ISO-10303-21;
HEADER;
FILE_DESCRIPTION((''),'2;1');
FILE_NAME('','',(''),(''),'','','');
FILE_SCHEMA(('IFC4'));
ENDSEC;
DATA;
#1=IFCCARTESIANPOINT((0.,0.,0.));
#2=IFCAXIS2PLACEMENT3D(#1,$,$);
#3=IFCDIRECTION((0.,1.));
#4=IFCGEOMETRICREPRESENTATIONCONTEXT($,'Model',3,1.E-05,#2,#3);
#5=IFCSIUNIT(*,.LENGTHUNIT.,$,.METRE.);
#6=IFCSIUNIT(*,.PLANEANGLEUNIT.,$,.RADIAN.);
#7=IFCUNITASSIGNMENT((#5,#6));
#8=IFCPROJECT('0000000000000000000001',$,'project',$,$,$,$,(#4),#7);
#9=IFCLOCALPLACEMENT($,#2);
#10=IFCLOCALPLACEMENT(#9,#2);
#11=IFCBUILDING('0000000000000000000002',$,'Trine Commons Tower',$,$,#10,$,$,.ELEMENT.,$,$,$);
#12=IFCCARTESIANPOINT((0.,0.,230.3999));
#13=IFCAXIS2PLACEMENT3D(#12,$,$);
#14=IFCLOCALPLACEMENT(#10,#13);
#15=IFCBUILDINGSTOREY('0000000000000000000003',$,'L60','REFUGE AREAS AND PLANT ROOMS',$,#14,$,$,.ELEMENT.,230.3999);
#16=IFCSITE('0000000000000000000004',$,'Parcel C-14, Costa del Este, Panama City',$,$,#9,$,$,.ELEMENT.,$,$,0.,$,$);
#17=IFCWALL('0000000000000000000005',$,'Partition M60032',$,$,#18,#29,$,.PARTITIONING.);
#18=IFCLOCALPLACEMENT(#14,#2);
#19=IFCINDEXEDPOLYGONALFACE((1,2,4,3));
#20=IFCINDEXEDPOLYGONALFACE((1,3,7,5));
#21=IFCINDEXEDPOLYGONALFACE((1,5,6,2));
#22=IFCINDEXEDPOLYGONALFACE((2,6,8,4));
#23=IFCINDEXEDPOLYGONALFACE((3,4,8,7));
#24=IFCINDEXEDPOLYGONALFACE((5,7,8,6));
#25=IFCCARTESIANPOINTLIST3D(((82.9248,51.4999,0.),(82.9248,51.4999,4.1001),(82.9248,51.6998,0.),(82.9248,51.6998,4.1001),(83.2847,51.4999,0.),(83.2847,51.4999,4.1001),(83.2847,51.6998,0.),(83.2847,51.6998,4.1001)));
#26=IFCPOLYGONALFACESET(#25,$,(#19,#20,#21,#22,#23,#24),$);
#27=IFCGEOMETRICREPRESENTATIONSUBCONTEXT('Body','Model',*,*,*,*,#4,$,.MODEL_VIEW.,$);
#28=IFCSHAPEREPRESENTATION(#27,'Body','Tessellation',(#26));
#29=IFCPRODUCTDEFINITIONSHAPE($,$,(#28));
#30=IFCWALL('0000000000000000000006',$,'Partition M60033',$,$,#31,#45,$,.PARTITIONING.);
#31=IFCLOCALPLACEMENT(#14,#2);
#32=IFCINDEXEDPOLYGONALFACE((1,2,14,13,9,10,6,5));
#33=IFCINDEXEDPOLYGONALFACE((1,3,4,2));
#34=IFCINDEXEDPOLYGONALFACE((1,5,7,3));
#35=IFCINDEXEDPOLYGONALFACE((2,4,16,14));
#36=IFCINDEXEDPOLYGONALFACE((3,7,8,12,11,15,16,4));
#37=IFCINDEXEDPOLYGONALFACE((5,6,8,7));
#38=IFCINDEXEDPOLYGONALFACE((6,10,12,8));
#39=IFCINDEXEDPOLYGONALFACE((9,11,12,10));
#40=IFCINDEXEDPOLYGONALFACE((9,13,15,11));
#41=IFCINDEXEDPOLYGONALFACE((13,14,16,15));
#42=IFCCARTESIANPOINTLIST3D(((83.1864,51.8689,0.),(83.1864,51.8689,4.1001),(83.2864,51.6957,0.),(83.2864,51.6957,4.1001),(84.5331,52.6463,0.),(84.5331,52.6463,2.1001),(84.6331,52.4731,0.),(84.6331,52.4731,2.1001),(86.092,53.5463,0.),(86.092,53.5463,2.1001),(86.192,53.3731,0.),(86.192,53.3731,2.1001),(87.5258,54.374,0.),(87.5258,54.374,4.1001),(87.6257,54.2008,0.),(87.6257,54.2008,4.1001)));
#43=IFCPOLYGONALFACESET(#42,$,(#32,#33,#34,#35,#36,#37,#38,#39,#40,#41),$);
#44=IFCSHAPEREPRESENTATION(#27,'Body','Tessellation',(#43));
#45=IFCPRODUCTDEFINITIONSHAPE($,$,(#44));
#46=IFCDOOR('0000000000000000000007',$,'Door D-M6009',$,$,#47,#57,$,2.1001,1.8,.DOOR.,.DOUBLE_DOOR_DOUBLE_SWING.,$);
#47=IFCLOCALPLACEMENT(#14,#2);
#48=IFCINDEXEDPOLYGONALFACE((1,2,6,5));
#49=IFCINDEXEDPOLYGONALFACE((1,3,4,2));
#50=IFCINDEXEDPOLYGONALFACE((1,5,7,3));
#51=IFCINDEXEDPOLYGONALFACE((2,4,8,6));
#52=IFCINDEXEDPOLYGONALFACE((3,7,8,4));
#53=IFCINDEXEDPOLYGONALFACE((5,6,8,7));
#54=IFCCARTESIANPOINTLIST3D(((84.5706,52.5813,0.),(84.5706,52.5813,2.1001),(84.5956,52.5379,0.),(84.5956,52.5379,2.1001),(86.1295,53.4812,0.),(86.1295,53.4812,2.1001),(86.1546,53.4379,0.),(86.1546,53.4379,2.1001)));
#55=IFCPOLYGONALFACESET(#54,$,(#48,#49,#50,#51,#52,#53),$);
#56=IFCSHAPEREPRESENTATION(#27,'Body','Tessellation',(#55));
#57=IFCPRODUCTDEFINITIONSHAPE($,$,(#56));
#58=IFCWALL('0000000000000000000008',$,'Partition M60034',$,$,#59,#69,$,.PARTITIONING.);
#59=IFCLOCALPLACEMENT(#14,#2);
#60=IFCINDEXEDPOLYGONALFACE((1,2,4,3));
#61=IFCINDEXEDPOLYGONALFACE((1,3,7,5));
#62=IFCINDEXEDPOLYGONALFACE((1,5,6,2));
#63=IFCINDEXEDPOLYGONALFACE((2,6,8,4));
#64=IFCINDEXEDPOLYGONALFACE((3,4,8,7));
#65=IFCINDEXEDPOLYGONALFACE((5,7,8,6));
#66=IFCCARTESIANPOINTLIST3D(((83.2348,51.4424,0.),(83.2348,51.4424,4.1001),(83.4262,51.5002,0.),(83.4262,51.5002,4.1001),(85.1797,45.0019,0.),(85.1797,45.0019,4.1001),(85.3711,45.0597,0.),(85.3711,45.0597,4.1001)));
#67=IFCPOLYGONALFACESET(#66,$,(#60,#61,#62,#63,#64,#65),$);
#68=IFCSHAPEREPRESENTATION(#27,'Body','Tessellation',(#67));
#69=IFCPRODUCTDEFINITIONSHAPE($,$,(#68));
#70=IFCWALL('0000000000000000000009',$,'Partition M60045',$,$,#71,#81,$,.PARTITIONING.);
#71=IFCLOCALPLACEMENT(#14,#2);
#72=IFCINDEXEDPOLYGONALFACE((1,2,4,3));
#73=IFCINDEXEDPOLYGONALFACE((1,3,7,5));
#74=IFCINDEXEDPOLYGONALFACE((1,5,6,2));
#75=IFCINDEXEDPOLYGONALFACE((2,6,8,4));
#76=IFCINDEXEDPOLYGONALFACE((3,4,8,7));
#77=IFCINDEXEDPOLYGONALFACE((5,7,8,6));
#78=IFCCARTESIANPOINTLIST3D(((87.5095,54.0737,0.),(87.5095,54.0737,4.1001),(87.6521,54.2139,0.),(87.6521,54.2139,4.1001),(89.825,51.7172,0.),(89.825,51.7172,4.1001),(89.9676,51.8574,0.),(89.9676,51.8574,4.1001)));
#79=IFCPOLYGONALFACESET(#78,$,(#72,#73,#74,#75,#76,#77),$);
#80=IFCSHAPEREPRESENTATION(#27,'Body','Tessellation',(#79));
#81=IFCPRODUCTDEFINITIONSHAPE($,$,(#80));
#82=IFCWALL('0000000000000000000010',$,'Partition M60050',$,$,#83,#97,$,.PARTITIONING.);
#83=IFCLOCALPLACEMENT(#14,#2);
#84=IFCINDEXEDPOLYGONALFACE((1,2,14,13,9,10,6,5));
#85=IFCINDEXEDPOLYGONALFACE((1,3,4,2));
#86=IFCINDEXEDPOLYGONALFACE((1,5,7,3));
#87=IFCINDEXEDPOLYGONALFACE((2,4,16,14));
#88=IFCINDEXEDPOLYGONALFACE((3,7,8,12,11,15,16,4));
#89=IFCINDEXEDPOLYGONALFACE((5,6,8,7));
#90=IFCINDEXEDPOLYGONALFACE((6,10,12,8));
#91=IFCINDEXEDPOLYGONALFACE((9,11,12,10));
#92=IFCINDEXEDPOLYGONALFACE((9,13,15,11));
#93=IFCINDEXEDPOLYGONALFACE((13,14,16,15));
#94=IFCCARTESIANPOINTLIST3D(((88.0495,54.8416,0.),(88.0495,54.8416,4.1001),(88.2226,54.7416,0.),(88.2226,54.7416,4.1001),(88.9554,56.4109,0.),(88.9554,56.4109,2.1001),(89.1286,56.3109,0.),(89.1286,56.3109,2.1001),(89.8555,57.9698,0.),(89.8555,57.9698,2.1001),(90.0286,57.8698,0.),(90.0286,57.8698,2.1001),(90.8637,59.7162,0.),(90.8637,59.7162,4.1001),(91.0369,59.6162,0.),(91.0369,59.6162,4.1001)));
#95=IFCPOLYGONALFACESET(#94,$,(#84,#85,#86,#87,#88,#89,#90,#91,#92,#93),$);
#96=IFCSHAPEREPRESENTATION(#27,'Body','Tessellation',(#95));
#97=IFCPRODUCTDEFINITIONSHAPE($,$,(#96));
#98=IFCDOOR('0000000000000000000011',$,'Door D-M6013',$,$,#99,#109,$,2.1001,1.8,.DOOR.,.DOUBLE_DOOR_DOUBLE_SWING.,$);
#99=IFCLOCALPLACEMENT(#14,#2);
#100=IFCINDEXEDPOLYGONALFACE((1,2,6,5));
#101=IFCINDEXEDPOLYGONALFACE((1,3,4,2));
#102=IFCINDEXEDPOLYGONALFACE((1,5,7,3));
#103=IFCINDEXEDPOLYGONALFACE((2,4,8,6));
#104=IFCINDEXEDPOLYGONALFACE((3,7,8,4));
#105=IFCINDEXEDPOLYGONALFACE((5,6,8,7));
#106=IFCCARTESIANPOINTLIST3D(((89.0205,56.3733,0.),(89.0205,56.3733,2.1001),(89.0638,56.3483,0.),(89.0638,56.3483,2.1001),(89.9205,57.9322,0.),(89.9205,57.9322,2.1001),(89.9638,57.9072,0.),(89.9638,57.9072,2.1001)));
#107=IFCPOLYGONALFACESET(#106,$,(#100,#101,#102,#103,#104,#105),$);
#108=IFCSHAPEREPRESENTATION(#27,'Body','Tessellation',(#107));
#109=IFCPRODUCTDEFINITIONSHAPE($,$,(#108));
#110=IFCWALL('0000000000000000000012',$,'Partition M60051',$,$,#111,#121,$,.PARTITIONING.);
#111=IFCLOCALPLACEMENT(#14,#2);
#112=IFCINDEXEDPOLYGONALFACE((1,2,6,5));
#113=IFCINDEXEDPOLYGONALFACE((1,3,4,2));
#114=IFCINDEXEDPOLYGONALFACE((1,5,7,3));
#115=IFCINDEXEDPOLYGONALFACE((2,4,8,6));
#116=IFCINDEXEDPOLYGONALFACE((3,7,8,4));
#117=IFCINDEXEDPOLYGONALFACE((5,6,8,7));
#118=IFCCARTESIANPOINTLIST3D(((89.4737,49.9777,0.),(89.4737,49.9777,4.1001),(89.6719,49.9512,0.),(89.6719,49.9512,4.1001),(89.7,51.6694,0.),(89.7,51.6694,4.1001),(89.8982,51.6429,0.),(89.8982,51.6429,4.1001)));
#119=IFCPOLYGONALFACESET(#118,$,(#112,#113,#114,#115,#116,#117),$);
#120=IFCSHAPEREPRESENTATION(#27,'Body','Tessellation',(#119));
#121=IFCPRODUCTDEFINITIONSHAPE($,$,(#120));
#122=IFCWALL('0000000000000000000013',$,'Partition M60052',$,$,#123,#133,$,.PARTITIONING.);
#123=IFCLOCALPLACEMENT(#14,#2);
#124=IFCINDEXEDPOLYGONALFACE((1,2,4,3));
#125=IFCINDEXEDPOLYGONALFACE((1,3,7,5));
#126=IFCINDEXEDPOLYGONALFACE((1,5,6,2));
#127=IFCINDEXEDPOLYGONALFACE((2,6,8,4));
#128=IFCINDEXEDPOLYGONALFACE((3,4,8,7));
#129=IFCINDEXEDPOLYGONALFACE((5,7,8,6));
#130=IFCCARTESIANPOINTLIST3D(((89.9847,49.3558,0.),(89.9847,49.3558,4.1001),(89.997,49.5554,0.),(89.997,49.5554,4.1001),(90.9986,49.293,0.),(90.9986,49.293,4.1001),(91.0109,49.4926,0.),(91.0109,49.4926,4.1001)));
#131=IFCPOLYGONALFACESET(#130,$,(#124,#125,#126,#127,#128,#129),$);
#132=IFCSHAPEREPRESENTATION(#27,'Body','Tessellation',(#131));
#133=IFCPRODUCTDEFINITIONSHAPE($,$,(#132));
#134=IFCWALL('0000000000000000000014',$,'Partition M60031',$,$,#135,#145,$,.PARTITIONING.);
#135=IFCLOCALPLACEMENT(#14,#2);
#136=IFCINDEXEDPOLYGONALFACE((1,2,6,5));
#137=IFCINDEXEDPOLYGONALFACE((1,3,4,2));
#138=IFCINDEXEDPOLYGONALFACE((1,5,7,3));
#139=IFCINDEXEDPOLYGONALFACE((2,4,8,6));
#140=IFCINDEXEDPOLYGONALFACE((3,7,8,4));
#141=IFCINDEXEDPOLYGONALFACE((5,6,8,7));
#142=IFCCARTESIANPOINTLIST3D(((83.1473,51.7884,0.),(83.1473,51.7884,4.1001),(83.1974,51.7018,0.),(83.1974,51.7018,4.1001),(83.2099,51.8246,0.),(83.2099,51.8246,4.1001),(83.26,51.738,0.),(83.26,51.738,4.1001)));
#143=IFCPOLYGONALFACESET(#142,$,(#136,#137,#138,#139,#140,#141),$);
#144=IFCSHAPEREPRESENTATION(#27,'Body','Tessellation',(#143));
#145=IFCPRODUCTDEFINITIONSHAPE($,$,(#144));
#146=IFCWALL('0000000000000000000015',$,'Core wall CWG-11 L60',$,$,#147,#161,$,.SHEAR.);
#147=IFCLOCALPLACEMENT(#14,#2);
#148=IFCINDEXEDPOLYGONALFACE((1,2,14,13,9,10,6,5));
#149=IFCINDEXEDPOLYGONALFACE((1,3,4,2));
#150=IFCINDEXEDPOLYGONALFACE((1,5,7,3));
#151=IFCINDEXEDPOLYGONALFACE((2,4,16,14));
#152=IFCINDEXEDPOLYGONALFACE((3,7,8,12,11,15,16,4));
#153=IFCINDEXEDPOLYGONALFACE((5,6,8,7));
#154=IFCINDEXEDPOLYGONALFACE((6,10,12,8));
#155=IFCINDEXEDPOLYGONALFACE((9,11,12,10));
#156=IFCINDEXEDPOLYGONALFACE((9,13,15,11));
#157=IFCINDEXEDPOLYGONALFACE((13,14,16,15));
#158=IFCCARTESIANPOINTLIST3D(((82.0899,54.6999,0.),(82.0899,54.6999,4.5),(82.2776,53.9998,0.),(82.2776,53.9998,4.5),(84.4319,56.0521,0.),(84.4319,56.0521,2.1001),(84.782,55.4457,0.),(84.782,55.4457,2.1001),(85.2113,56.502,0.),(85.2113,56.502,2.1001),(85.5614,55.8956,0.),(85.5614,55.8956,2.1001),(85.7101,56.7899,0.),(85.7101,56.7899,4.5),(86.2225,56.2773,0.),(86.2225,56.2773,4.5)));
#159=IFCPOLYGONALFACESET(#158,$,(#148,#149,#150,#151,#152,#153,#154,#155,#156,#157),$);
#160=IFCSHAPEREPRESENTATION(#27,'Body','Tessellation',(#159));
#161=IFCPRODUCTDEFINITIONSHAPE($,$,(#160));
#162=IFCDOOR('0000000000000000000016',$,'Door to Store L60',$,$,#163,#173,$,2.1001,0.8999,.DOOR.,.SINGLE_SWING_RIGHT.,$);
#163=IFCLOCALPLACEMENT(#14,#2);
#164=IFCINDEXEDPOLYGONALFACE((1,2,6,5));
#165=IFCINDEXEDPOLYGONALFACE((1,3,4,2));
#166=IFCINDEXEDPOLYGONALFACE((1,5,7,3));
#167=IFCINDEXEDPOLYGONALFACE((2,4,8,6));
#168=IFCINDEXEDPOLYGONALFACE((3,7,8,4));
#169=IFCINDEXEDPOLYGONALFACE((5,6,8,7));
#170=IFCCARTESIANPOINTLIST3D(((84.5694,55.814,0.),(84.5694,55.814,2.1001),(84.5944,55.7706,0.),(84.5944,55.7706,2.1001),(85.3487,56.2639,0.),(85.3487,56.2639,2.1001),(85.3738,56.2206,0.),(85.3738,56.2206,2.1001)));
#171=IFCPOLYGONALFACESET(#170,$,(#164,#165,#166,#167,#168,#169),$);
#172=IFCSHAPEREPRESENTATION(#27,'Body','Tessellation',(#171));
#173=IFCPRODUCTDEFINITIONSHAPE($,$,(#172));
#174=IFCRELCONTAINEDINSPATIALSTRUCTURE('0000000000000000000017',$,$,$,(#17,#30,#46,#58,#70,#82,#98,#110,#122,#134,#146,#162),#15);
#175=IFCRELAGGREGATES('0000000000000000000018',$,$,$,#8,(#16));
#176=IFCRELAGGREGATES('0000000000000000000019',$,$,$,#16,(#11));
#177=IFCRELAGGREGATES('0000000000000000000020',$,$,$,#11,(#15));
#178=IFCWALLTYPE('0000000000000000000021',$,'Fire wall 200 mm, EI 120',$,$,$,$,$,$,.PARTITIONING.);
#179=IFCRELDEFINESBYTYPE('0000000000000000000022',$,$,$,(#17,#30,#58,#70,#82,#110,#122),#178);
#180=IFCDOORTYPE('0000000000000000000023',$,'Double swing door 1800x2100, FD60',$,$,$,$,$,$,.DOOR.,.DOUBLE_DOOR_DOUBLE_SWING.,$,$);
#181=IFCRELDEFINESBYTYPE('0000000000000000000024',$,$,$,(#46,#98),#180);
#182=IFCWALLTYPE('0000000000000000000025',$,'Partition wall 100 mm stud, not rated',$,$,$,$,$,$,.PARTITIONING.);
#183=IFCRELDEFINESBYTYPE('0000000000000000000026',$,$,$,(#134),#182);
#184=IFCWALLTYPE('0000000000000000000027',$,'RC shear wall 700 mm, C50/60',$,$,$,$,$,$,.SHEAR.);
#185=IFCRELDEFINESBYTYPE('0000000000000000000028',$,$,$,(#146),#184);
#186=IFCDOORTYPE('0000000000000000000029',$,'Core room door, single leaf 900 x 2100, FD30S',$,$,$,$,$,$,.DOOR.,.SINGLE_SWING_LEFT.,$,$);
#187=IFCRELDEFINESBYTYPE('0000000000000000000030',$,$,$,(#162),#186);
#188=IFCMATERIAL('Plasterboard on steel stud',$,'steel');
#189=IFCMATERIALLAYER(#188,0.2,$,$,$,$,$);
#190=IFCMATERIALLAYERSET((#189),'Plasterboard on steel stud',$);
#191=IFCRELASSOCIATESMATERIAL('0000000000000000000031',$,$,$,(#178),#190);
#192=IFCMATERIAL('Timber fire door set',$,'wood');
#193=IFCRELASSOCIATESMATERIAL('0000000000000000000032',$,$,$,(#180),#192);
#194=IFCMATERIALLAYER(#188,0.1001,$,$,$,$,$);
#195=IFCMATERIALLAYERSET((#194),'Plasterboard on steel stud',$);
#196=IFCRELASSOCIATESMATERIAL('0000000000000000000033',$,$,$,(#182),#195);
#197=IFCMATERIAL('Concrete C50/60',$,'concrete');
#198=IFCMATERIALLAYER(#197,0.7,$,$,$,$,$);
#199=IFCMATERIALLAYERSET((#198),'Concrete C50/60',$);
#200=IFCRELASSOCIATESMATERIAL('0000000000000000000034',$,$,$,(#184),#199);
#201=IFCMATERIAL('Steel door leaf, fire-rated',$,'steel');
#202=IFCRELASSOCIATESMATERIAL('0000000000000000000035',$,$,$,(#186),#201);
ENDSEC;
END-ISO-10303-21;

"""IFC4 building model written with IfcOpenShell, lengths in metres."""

from ifc_helpers import new_model, si_unit, direction, frame, frame_2d, origin, place, context, subcontext, project, spatial, polyline, rectangle, outline, extrude, material, layer, layer_set, type_object, element, fill, save


model = new_model("IFC4")

# Units and contexts
model_context = context("Model", 3, precision=1e-05, world=origin(), true_north=direction((0.0, 1.0)))
body_context = subcontext(model_context, "Body", "Model", "MODEL_VIEW")
ifc_project = project(units=[si_unit("LENGTHUNIT", "METRE"), si_unit("PLANEANGLEUNIT", "RADIAN")], contexts=[model_context])

# Site, building, storey
site_placement = place(None, origin())
site = spatial("IfcSite", under=ifc_project, at=site_placement, Name="Parcel C-14, Costa del Este, Panama City", CompositionType="ELEMENT", RefElevation=0.0)
building_placement = place(site_placement, origin())
building = spatial("IfcBuilding", under=site, at=building_placement, Name="Trine Commons Tower", CompositionType="ELEMENT")
storey_placement = place(building_placement, frame((0.0, 0.0, 230.3999)))
storey = spatial("IfcBuildingStorey", under=building, at=storey_placement, Name="L60", Description="REFUGE AREAS AND PLANT ROOMS", CompositionType="ELEMENT", Elevation=230.3999)

# Wall
ifc_material_1 = material(Name="Plasterboard on steel stud", Category="steel")
ifc_layer_1 = layer(ifc_material_1, 0.2)
ifc_layer_set_1 = layer_set([ifc_layer_1], Name="Plasterboard on steel stud")
wall_type_1 = type_object("IfcWallType", Name="Fire wall 200 mm, EI 120", PredefinedType="PARTITIONING", material=ifc_layer_set_1)
wall_1_placement = place(storey_placement, frame((82.9248, 51.5999, 0.0), z_axis=(0.0, 0.0, 1.0), x_axis=(1.0, 0.0, 0.0)))
element("IfcWall", 1, at=wall_1_placement, inside=storey, type_object=wall_type_1, Name="Partition M60032", PredefinedType="PARTITIONING", context=body_context, shape_type="SweptSolid", body=[
    extrude(rectangle(XDim=0.3599, YDim=0.2, at=frame_2d((0.1799, 0.0))), origin(), (0.0, 0.0, 1.0), 4.1001),
])

# Wall, opening, door
wall_2_placement = place(storey_placement, frame((83.2363, 51.7822, 0.0), z_axis=(0.0, 0.0, 1.0), x_axis=(0.866043, 0.49997, 0.0)))
wall_2 = element("IfcWall", 2, at=wall_2_placement, inside=storey, type_object=wall_type_1, Name="Partition M60033", PredefinedType="PARTITIONING", context=body_context, shape_type="SweptSolid", body=[
    extrude(rectangle(XDim=5.0105, YDim=0.2, at=frame_2d((2.5054, 0.0))), origin(), (0.0, 0.0, 1.0), 4.1001),
])
opening_1_placement = place(wall_2_placement, frame((1.5552, 0.0, 0.0)))
opening_1 = element("IfcOpeningElement", 3, at=opening_1_placement, cuts=wall_2, PredefinedType="OPENING", context=body_context, shape_type="SweptSolid", body=[
    extrude(rectangle(XDim=1.8, YDim=2.1001, at=frame_2d((0.8999, 1.05))), frame((0.0, 0.1099, 0.0), z_axis=(0.0, -1.0, 0.0), x_axis=(1.0, 0.0, 0.0)), (0.0, 0.0, 1.0), 0.22),
])
ifc_material_2 = material(Name="Timber fire door set", Category="wood")
door_type_1 = type_object("IfcDoorType", Name="Double swing door 1800x2100, FD60", OperationType="DOUBLE_DOOR_DOUBLE_SWING", PredefinedType="DOOR", material=ifc_material_2)
door_1_placement = place(opening_1_placement, origin())
door_1 = element("IfcDoor", 4, at=door_1_placement, inside=storey, type_object=door_type_1, Name="Door D-M6009", OperationType="DOUBLE_DOOR_DOUBLE_SWING", OverallHeight=2.1001, OverallWidth=1.8, PredefinedType="DOOR", context=body_context, shape_type="SweptSolid", body=[
    extrude(rectangle(XDim=1.8, YDim=2.1001, at=frame_2d((0.8999, 1.05))), frame((0.0, 0.0249, 0.0), z_axis=(0.0, -1.0, 0.0), x_axis=(1.0, 0.0, 0.0)), (0.0, 0.0, 1.0), 0.05),
])
fill(opening_1, door_1)

# Walls
wall_3_placement = place(storey_placement, frame((83.3306, 51.4712, 0.0), z_axis=(0.0, 0.0, 1.0), x_axis=(0.289079, -0.957305, 0.0)))
element("IfcWall", 5, at=wall_3_placement, inside=storey, type_object=wall_type_1, Name="Partition M60034", PredefinedType="PARTITIONING", context=body_context, shape_type="SweptSolid", body=[
    extrude(rectangle(XDim=6.7278, YDim=0.2, at=frame_2d((3.3638, 0.0))), origin(), (0.0, 0.0, 1.0), 4.1001),
])
wall_4_placement = place(storey_placement, frame((87.5808, 54.1438, 0.0), z_axis=(0.0, 0.0, 1.0), x_axis=(0.700872, -0.713287, 0.0)))
element("IfcWall", 6, at=wall_4_placement, inside=storey, type_object=wall_type_1, Name="Partition M60045", PredefinedType="PARTITIONING", context=body_context, shape_type="SweptSolid", body=[
    extrude(rectangle(XDim=3.3037, YDim=0.2, at=frame_2d((1.6519, 0.0))), origin(), (0.0, 0.0, 1.0), 4.1001),
])

# Wall, opening, door
wall_5_placement = place(storey_placement, frame((88.136, 54.7915, 0.0), z_axis=(0.0, 0.0, 1.0), x_axis=(0.499988, 0.866032, 0.0)))
wall_5 = element("IfcWall", 7, at=wall_5_placement, inside=storey, type_object=wall_type_1, Name="Partition M60050", PredefinedType="PARTITIONING", context=body_context, shape_type="SweptSolid", body=[
    extrude(rectangle(XDim=5.6287, YDim=0.2, at=frame_2d((2.8145, 0.0))), origin(), (0.0, 0.0, 1.0), 4.1001),
])
opening_2_placement = place(wall_5_placement, frame((1.8123, 0.0, 0.0)))
opening_2 = element("IfcOpeningElement", 8, at=opening_2_placement, cuts=wall_5, PredefinedType="OPENING", context=body_context, shape_type="SweptSolid", body=[
    extrude(rectangle(XDim=1.8, YDim=2.1001, at=frame_2d((0.8999, 1.05))), frame((0.0, 0.1099, 0.0), z_axis=(0.0, -1.0, 0.0), x_axis=(1.0, 0.0, 0.0)), (0.0, 0.0, 1.0), 0.22),
])
door_2_placement = place(opening_2_placement, origin())
door_2 = element("IfcDoor", 9, at=door_2_placement, inside=storey, type_object=door_type_1, Name="Door D-M6013", OperationType="DOUBLE_DOOR_DOUBLE_SWING", OverallHeight=2.1001, OverallWidth=1.8, PredefinedType="DOOR", context=body_context, shape_type="SweptSolid", body=[
    extrude(rectangle(XDim=1.8, YDim=2.1001, at=frame_2d((0.8999, 1.05))), frame((0.0, 0.0249, 0.0), z_axis=(0.0, -1.0, 0.0), x_axis=(1.0, 0.0, 0.0)), (0.0, 0.0, 1.0), 0.05),
])
fill(opening_2, door_2)

# Walls
wall_6_placement = place(storey_placement, frame((89.5728, 49.9644, 0.0), z_axis=(0.0, 0.0, 1.0), x_axis=(0.132604, 0.991169, 0.0)))
element("IfcWall", 10, at=wall_6_placement, inside=storey, type_object=wall_type_1, Name="Partition M60051", PredefinedType="PARTITIONING", context=body_context, shape_type="SweptSolid", body=[
    extrude(rectangle(XDim=1.7068, YDim=0.2, at=frame_2d((0.8535, 0.0))), origin(), (0.0, 0.0, 1.0), 4.1001),
])
wall_7_placement = place(storey_placement, frame((89.991, 49.4556, 0.0), z_axis=(0.0, 0.0, 1.0), x_axis=(0.998091, -0.061765, 0.0)))
element("IfcWall", 11, at=wall_7_placement, inside=storey, type_object=wall_type_1, Name="Partition M60052", PredefinedType="PARTITIONING", context=body_context, shape_type="SweptSolid", body=[
    extrude(rectangle(XDim=1.0159, YDim=0.2, at=frame_2d((0.5078, 0.0))), origin(), (0.0, 0.0, 1.0), 4.1001),
])
ifc_layer_2 = layer(ifc_material_1, 0.1001)
ifc_layer_set_2 = layer_set([ifc_layer_2], Name="Plasterboard on steel stud")
wall_type_2 = type_object("IfcWallType", Name="Partition wall 100 mm stud, not rated", PredefinedType="PARTITIONING", material=ifc_layer_set_2)
wall_8_placement = place(storey_placement, frame((83.1724, 51.7451, 0.0), z_axis=(0.0, 0.0, 1.0), x_axis=(0.865735, 0.500503, 0.0)))
element("IfcWall", 12, at=wall_8_placement, inside=storey, type_object=wall_type_2, Name="Partition M60031", PredefinedType="PARTITIONING", context=body_context, shape_type="SweptSolid", body=[
    extrude(rectangle(XDim=0.0723, YDim=0.1001, at=frame_2d((0.0361, 0.0))), origin(), (0.0, 0.0, 1.0), 4.1001),
])

# Wall, opening, door
ifc_material_3 = material(Name="Concrete C50/60", Category="concrete")
ifc_layer_3 = layer(ifc_material_3, 0.7)
ifc_layer_set_3 = layer_set([ifc_layer_3], Name="Concrete C50/60")
wall_type_3 = type_object("IfcWallType", Name="RC shear wall 700 mm, C50/60", PredefinedType="SHEAR", material=ifc_layer_set_3)
wall_9_placement = place(storey_placement, frame((82.1025, 54.303, 0.0), z_axis=(0.0, 0.0, 1.0), x_axis=(0.866035, 0.499984, 0.0)))
wall_9 = element("IfcWall", 13, at=wall_9_placement, inside=storey, type_object=wall_type_3, Name="Core wall CWG-11 L60", PredefinedType="SHEAR", context=body_context, shape_type="SweptSolid", body=[
    extrude(outline(polyline([(0.0, -0.3501), (4.5552, -0.3501), (4.3677, 0.3501), (0.1875, 0.3501), (0.0, -0.3501)])), origin(), (0.0, 0.0, 1.0), 4.5),
])
opening_3_placement = place(wall_9_placement, frame((2.8918, 0.0, 0.0)))
opening_3 = element("IfcOpeningElement", 14, at=opening_3_placement, cuts=wall_9, PredefinedType="OPENING", context=body_context, shape_type="SweptSolid", body=[
    extrude(rectangle(XDim=0.8999, YDim=2.1001, at=frame_2d((0.45, 1.05))), frame((0.0, 0.3599, 0.0), z_axis=(0.0, -1.0, 0.0), x_axis=(1.0, 0.0, 0.0)), (0.0, 0.0, 1.0), 0.72),
])
ifc_material_4 = material(Name="Steel door leaf, fire-rated", Category="steel")
door_type_2 = type_object("IfcDoorType", Name="Core room door, single leaf 900 x 2100, FD30S", OperationType="SINGLE_SWING_LEFT", PredefinedType="DOOR", material=ifc_material_4)
door_3_placement = place(opening_3_placement, origin())
door_3 = element("IfcDoor", 15, at=door_3_placement, inside=storey, type_object=door_type_2, Name="Door to Store L60", OperationType="SINGLE_SWING_RIGHT", OverallHeight=2.1001, OverallWidth=0.8999, PredefinedType="DOOR", context=body_context, shape_type="SweptSolid", body=[
    extrude(rectangle(XDim=0.8999, YDim=2.1001, at=frame_2d((0.45, 1.05))), frame((0.0, 0.0752, 0.0), z_axis=(0.0, -1.0, 0.0), x_axis=(1.0, 0.0, 0.0)), (0.0, 0.0, 1.0), 0.05),
])
fill(opening_3, door_3)

save(model, "model.ifc")
